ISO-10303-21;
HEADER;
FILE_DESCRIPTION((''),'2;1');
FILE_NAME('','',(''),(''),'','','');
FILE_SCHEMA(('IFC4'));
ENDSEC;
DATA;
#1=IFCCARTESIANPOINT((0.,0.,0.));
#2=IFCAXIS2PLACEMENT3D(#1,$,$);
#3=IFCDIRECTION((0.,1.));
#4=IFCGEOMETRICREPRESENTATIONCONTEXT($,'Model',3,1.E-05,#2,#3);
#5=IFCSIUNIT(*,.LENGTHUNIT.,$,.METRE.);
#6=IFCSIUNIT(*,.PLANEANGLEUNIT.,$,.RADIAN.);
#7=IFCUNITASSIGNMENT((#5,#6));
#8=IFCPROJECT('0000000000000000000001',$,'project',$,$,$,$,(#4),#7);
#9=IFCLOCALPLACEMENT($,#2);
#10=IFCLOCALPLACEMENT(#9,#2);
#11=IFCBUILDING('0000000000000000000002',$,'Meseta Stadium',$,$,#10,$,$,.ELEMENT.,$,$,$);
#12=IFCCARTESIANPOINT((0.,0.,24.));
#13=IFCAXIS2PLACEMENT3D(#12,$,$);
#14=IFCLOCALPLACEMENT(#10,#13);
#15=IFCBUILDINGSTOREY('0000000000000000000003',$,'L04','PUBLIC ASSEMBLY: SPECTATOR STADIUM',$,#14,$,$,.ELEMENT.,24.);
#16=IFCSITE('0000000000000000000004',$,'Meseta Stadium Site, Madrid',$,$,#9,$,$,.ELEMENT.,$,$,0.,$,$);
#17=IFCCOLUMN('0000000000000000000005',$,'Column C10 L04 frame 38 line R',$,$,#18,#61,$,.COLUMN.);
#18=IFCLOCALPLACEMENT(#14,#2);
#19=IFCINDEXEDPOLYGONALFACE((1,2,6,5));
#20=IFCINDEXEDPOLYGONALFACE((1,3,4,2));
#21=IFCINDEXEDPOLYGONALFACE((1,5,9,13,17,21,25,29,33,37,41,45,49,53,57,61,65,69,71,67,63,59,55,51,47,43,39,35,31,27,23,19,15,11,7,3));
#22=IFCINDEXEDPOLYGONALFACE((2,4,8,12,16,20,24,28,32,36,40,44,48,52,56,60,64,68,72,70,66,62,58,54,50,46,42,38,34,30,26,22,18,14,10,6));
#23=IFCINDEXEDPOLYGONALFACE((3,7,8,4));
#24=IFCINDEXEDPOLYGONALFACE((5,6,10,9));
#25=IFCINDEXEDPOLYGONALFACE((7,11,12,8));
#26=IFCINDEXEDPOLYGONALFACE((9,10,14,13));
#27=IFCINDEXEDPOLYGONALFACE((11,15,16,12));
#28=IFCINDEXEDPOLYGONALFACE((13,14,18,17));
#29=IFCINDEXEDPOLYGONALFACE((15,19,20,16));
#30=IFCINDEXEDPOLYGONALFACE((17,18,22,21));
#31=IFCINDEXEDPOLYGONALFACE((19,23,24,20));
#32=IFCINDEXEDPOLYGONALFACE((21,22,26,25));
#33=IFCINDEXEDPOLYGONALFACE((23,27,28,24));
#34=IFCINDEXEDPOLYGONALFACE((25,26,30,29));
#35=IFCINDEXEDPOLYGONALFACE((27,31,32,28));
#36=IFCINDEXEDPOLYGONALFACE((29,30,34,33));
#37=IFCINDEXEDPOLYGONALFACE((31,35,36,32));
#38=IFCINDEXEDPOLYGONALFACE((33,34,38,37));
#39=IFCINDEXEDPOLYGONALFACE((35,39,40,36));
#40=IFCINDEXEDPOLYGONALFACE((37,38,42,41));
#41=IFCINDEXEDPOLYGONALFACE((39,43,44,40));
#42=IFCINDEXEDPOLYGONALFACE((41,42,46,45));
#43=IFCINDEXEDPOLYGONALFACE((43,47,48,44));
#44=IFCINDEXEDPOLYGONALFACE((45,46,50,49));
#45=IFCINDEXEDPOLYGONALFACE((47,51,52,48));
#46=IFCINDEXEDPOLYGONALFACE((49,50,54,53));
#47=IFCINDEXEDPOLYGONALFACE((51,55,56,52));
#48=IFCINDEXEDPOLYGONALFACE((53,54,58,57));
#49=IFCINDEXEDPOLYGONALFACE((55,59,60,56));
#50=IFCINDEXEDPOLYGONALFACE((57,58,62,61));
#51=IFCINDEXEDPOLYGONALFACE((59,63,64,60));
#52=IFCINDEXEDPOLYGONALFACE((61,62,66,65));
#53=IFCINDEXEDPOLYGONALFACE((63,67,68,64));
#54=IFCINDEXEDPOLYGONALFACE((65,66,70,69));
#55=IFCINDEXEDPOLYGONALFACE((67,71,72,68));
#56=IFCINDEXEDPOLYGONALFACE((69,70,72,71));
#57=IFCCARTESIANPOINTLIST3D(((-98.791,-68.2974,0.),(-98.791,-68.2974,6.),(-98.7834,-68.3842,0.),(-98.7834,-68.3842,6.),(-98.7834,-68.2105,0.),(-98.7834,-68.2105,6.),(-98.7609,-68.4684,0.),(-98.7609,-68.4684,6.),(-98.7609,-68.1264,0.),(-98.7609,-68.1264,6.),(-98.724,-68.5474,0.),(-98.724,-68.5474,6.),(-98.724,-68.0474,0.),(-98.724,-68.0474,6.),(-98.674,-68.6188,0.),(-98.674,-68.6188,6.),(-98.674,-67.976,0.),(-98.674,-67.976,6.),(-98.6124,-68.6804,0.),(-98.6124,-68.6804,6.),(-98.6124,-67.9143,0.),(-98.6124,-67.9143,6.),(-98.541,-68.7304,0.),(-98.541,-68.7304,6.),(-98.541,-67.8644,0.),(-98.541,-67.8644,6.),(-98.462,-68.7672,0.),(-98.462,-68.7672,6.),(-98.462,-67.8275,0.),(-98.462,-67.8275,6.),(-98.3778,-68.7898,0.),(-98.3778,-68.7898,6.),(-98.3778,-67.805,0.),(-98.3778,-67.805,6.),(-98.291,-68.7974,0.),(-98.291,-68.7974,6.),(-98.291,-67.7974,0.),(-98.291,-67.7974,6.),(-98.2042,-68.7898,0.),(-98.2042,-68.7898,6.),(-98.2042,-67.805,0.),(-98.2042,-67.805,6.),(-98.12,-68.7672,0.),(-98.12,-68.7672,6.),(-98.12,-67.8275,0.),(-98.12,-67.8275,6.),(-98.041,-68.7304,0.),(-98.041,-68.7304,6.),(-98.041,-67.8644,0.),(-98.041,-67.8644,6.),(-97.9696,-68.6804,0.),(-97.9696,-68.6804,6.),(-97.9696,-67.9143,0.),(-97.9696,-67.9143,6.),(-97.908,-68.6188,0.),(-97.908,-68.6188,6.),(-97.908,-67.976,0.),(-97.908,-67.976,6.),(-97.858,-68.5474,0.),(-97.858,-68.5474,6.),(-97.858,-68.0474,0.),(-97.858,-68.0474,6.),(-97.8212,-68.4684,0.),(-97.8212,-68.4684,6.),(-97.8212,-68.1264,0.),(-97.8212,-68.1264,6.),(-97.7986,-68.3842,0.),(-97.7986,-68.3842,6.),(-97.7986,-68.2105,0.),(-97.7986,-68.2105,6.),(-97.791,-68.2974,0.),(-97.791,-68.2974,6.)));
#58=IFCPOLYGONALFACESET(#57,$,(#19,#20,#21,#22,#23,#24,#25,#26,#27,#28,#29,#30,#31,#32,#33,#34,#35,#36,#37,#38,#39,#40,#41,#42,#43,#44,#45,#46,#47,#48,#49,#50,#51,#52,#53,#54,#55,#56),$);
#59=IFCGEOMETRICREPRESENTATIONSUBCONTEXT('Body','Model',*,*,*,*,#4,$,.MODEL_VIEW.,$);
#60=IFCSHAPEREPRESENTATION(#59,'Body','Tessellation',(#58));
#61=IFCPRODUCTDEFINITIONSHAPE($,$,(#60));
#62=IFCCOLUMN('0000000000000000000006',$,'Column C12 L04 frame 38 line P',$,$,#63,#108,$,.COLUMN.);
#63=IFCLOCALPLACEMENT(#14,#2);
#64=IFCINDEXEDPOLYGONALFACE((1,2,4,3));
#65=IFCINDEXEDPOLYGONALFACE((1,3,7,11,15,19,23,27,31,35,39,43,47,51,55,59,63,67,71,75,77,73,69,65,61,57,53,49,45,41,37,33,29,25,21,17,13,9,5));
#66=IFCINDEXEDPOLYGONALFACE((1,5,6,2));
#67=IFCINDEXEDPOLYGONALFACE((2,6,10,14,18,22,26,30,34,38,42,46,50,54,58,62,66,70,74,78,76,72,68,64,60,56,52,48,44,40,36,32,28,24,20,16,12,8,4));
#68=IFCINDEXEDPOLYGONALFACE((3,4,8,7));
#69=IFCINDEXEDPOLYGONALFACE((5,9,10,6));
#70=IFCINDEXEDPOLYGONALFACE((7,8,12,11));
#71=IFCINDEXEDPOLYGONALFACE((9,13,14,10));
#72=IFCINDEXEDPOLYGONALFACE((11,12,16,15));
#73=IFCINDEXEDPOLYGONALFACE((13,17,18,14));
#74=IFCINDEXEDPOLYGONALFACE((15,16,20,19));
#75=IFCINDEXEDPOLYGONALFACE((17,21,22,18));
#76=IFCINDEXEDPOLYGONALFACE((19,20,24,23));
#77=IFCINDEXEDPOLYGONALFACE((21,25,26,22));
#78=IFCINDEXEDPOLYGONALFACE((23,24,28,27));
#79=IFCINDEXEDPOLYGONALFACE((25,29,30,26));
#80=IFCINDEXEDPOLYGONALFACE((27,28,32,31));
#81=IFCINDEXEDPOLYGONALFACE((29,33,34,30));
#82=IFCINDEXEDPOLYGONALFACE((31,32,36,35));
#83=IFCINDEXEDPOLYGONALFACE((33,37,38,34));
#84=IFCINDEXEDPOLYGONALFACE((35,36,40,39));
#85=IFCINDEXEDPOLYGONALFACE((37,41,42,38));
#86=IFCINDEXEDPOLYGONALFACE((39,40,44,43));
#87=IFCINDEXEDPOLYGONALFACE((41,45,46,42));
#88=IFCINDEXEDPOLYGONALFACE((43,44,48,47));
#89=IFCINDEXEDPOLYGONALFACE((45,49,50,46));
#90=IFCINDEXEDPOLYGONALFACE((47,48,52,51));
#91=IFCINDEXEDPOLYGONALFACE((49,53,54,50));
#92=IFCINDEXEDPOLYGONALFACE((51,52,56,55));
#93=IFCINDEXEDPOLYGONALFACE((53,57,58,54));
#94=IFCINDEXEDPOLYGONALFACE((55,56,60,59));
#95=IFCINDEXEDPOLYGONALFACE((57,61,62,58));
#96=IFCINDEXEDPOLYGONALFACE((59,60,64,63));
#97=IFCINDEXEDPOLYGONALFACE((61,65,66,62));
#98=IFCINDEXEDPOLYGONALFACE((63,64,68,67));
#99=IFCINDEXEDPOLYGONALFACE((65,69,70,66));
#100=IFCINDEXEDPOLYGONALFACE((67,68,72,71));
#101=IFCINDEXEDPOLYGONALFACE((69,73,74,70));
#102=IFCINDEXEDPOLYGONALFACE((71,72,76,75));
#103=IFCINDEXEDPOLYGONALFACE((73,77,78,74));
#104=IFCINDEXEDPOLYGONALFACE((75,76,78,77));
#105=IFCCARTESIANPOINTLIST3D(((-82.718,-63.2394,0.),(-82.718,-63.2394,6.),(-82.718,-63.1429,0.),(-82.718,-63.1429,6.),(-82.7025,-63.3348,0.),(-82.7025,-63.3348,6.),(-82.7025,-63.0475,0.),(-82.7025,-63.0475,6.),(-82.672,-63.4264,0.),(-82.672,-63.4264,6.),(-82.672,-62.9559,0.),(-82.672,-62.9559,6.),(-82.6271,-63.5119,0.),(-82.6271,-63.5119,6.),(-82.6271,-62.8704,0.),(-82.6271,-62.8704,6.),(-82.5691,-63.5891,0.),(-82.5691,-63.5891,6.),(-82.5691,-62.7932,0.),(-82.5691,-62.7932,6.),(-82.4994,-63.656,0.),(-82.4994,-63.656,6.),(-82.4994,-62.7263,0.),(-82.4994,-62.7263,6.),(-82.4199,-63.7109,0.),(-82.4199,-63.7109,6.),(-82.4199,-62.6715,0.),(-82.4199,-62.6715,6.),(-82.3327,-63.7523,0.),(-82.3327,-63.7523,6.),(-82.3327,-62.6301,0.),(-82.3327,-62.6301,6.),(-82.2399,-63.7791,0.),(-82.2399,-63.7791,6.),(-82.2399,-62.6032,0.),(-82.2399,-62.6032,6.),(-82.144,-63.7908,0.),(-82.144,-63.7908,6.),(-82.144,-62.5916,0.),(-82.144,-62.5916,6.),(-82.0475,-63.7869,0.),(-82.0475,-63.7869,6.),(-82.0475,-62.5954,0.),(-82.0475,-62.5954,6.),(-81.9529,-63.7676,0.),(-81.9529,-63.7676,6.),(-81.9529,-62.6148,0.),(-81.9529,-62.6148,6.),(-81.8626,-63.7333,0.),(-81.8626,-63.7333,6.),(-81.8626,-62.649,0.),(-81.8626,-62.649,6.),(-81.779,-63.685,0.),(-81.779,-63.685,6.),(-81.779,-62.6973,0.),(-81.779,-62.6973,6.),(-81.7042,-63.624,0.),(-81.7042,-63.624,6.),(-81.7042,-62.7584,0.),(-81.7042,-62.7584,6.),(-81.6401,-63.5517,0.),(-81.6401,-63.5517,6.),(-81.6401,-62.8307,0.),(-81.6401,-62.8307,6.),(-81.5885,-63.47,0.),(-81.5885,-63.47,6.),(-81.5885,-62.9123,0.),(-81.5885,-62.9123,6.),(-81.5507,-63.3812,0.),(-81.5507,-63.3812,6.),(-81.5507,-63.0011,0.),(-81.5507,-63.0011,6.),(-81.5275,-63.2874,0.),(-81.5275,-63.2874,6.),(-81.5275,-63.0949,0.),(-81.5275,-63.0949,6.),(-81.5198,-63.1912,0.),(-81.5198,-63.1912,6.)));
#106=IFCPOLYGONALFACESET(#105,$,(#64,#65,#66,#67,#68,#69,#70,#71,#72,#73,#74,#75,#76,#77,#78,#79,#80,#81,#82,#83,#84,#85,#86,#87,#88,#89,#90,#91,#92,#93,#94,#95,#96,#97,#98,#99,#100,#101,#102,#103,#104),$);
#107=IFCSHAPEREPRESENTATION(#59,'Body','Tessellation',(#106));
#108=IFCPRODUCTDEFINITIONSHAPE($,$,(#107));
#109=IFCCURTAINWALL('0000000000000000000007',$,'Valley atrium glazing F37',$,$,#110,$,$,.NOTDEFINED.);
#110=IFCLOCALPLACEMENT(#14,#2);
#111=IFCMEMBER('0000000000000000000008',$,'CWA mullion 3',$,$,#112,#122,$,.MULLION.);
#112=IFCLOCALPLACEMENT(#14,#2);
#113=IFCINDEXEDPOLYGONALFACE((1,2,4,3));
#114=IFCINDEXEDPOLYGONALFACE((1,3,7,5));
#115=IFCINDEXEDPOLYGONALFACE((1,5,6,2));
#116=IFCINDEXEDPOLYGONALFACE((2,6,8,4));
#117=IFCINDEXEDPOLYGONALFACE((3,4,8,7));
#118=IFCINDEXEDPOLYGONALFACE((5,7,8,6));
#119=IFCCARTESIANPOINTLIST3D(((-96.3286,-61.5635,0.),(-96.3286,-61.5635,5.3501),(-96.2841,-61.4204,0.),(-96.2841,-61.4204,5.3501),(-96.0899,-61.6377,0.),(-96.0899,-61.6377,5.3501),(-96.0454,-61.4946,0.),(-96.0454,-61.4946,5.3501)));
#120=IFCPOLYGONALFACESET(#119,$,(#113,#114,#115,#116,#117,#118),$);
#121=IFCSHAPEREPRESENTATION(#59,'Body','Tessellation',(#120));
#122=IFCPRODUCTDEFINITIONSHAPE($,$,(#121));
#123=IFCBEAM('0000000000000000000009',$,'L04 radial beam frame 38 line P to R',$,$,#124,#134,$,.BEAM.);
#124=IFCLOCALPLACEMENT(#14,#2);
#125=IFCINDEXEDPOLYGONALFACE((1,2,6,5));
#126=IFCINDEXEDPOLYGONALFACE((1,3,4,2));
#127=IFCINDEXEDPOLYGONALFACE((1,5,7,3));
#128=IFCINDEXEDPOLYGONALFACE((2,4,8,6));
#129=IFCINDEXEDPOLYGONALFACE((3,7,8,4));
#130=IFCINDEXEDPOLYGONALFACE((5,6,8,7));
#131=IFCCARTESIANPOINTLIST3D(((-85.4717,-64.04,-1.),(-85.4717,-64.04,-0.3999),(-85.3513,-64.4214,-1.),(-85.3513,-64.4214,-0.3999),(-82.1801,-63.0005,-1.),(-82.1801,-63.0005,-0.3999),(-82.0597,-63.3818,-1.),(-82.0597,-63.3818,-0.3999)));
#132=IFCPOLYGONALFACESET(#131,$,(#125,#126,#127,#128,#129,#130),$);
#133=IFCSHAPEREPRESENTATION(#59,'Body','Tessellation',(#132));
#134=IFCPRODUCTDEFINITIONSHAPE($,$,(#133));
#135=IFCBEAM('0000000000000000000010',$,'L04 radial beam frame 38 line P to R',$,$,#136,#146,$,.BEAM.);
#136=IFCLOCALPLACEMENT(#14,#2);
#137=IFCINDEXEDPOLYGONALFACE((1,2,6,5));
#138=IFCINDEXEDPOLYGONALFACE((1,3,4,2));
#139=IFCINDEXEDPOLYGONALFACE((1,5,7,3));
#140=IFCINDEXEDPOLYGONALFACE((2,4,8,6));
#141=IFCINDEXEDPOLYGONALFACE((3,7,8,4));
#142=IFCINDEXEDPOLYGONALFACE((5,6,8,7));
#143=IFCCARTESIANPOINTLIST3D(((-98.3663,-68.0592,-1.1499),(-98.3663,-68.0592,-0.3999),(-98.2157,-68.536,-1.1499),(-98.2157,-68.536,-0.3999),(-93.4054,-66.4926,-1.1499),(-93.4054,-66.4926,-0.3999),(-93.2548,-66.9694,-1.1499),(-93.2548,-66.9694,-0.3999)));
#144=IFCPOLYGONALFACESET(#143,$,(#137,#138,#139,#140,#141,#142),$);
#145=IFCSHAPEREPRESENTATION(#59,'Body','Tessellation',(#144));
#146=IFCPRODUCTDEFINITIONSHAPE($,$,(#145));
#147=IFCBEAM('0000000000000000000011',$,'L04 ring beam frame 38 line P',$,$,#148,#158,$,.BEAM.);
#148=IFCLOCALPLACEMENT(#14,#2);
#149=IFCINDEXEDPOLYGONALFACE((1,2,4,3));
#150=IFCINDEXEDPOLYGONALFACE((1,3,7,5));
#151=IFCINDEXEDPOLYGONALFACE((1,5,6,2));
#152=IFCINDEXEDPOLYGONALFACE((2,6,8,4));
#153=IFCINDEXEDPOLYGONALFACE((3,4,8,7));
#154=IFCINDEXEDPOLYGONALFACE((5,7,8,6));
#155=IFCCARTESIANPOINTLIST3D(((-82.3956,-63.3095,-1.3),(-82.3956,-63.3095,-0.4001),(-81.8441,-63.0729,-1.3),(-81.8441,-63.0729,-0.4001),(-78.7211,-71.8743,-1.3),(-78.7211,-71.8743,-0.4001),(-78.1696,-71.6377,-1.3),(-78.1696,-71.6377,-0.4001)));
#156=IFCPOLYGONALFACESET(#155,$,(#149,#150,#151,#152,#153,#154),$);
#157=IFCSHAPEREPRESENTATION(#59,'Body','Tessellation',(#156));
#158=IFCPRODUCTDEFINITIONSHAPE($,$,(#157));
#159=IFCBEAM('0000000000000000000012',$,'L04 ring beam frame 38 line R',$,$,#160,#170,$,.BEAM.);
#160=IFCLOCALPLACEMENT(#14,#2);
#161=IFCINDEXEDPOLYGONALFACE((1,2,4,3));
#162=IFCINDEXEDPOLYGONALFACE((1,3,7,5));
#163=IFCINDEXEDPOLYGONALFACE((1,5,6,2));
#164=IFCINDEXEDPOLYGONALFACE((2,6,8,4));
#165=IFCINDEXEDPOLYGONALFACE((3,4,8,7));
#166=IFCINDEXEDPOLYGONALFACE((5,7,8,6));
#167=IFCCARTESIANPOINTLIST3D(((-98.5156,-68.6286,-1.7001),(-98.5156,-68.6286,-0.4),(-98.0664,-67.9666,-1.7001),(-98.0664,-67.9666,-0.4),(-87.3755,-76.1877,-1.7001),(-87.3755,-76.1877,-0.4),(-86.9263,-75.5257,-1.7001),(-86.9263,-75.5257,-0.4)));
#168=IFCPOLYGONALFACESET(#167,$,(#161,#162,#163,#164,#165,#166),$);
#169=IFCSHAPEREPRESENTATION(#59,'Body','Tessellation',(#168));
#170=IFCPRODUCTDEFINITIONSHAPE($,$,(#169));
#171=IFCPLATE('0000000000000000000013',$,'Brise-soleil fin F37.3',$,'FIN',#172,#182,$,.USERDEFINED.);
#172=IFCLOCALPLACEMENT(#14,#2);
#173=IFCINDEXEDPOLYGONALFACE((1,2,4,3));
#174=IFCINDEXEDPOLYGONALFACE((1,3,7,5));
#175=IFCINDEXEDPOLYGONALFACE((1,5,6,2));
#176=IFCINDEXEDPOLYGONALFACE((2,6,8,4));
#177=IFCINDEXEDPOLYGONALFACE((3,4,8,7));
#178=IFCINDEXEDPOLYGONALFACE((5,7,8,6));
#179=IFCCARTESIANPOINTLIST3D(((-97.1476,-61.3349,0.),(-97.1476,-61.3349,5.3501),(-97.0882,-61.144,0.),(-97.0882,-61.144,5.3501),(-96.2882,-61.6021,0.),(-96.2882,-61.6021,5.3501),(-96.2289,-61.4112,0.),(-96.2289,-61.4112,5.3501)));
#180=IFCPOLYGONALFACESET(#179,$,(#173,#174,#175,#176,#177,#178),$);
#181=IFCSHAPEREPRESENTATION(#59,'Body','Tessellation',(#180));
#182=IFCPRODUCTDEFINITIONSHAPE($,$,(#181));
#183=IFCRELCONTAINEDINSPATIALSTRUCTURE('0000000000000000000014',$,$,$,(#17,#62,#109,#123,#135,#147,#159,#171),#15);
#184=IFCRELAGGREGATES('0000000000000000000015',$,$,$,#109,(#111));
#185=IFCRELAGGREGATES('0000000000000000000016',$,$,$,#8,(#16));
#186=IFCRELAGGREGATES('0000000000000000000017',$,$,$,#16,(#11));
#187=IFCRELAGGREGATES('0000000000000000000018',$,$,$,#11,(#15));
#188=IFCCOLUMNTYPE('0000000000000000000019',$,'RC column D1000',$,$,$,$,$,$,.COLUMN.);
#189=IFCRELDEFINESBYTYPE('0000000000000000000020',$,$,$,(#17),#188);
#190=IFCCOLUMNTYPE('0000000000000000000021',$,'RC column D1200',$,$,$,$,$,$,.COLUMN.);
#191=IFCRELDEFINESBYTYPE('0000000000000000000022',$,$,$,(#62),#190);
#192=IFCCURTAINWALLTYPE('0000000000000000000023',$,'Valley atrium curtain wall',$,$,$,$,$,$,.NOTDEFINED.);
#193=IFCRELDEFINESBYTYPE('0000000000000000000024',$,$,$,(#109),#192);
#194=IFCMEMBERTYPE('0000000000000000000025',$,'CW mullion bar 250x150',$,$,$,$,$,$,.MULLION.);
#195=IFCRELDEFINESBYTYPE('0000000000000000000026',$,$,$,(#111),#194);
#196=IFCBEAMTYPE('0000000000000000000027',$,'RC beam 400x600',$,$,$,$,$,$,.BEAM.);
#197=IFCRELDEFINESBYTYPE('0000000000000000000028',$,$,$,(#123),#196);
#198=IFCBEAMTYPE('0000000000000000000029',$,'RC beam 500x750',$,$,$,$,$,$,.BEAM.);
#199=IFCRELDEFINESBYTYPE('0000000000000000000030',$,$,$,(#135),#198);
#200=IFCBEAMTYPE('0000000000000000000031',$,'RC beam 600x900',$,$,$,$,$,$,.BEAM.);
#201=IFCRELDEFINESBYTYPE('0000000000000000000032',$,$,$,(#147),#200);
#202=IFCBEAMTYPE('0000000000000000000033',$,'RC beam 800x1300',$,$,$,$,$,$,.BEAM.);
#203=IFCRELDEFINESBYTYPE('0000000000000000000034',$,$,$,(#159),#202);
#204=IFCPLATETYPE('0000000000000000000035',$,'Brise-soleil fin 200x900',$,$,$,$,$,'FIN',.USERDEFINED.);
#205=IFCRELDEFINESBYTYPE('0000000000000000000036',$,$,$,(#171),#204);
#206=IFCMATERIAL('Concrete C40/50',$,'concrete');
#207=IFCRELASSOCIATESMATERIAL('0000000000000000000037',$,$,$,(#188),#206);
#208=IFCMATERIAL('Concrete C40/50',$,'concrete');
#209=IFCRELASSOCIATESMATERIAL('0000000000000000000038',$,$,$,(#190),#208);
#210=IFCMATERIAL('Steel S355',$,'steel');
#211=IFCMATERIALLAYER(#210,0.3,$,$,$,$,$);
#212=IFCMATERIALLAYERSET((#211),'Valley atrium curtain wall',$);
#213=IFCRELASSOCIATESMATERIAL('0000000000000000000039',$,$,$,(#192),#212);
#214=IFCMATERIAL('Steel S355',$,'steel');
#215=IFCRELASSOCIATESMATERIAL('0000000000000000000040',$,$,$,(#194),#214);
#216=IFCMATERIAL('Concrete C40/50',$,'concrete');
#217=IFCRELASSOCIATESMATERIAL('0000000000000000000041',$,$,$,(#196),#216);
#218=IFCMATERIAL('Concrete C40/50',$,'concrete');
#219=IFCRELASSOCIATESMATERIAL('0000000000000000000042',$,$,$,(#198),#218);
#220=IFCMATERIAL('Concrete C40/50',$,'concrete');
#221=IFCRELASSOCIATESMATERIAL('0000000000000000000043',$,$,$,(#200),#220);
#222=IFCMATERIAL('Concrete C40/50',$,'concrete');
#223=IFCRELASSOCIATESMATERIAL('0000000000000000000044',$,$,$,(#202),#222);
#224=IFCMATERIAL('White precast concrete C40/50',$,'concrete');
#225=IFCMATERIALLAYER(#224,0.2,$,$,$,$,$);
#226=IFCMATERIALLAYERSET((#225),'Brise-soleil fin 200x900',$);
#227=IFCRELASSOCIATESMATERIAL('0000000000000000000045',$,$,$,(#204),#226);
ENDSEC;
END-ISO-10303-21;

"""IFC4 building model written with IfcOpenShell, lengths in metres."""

from ifc_helpers import new_model, si_unit, direction, frame, origin, origin_2d, place, context, subcontext, project, spatial, rectangle, circle, extrude, material, layer, layer_set, material_profile, profile_set, type_object, element, aggregate, save


model = new_model("IFC4")

# Units and contexts
model_context = context("Model", 3, precision=1e-05, world=origin(), true_north=direction((0.0, 1.0)))
body_context = subcontext(model_context, "Body", "Model", "MODEL_VIEW")
ifc_project = project(units=[si_unit("LENGTHUNIT", "METRE"), si_unit("PLANEANGLEUNIT", "RADIAN")], contexts=[model_context])

# Site, building, storey
site_placement = place(None, origin())
site = spatial("IfcSite", under=ifc_project, at=site_placement, Name="Meseta Stadium Site, Madrid", CompositionType="ELEMENT", RefElevation=0.0)
building_placement = place(site_placement, origin())
building = spatial("IfcBuilding", under=site, at=building_placement, Name="Meseta Stadium", CompositionType="ELEMENT")
storey_placement = place(building_placement, frame((0.0, 0.0, 24.0)))
storey = spatial("IfcBuildingStorey", under=building, at=storey_placement, Name="L04", Description="PUBLIC ASSEMBLY: SPECTATOR STADIUM", CompositionType="ELEMENT", Elevation=24.0)

# Columns
ifc_material_1 = material(Name="Concrete C40/50", Category="concrete")
ifc_material_profile_1 = material_profile(ifc_material_1, circle(Radius=0.5, at=origin_2d()), Name="RC D1000")
ifc_profile_set_1 = profile_set([ifc_material_profile_1], Name="Concrete C40/50")
column_type_1 = type_object("IfcColumnType", Name="RC column D1000", PredefinedType="COLUMN", material=ifc_profile_set_1)
column_1_placement = place(storey_placement, frame((-98.291, -68.2974, 0.0), z_axis=(0.0, 0.0, 1.0), x_axis=(1.0, 0.0, 0.0)))
element("IfcColumn", 1, at=column_1_placement, inside=storey, type_object=column_type_1, Name="Column C10 L04 frame 38 line R", PredefinedType="COLUMN", context=body_context, shape_type="SweptSolid", body=[
    extrude(circle(Radius=0.5, at=origin_2d()), origin(), (0.0, 0.0, 1.0), 6.0),
])
ifc_material_2 = material(Name="Concrete C40/50", Category="concrete")
ifc_material_profile_2 = material_profile(ifc_material_2, circle(Radius=0.6001, at=origin_2d()), Name="RC D1200")
ifc_profile_set_2 = profile_set([ifc_material_profile_2], Name="Concrete C40/50")
column_type_2 = type_object("IfcColumnType", Name="RC column D1200", PredefinedType="COLUMN", material=ifc_profile_set_2)
column_2_placement = place(storey_placement, frame((-82.1199, -63.1912, 0.0), z_axis=(0.0, 0.0, 1.0), x_axis=(1.0, 0.0, 0.0)))
element("IfcColumn", 2, at=column_2_placement, inside=storey, type_object=column_type_2, Name="Column C12 L04 frame 38 line P", PredefinedType="COLUMN", context=body_context, shape_type="SweptSolid", body=[
    extrude(circle(Radius=0.6001, at=origin_2d()), origin(), (0.0, 0.0, 1.0), 6.0),
])

# Curtain wall, member
ifc_material_3 = material(Name="Steel S355", Category="steel")
ifc_layer_1 = layer(ifc_material_3, 0.3)
ifc_layer_set_1 = layer_set([ifc_layer_1], Name="Valley atrium curtain wall")
curtain_wall_type = type_object("IfcCurtainWallType", Name="Valley atrium curtain wall", PredefinedType="NOTDEFINED", material=ifc_layer_set_1)
curtain_wall_placement = place(storey_placement, origin())
curtain_wall = element("IfcCurtainWall", 3, at=curtain_wall_placement, inside=storey, type_object=curtain_wall_type, Name="Valley atrium glazing F37", PredefinedType="NOTDEFINED")
ifc_material_4 = material(Name="Steel S355", Category="steel")
ifc_material_profile_3 = material_profile(ifc_material_4, rectangle(XDim=0.25, YDim=0.1499, at=origin_2d()), Name="CW 250x150")
ifc_profile_set_3 = profile_set([ifc_material_profile_3], Name="Steel S355")
member_type = type_object("IfcMemberType", Name="CW mullion bar 250x150", PredefinedType="MULLION", material=ifc_profile_set_3)
member_placement = place(storey_placement, frame((-96.187, -61.5291, 0.0), z_axis=(0.0, 0.0, 1.0), x_axis=(0.954918, -0.296869, 0.0)))
member = element("IfcMember", 4, at=member_placement, type_object=member_type, Name="CWA mullion 3", PredefinedType="MULLION", context=body_context, shape_type="SweptSolid", body=[
    extrude(rectangle(XDim=0.25, YDim=0.1499, at=origin_2d()), origin(), (0.0, 0.0, 1.0), 5.3501),
])
aggregate(curtain_wall, [member])

# Beams
ifc_material_5 = material(Name="Concrete C40/50", Category="concrete")
ifc_material_profile_4 = material_profile(ifc_material_5, rectangle(XDim=0.3999, YDim=0.6001, at=origin_2d()), Name="RC 400x600")
ifc_profile_set_4 = profile_set([ifc_material_profile_4], Name="Concrete C40/50")
beam_type_1 = type_object("IfcBeamType", Name="RC beam 400x600", PredefinedType="BEAM", material=ifc_profile_set_4)
beam_1_placement = place(storey_placement, frame((-82.1199, -63.1912, -0.7), z_axis=(-0.953578, -0.301145, 0.0), x_axis=(0.301145, -0.953578, 0.0)))
element("IfcBeam", 5, at=beam_1_placement, inside=storey, type_object=beam_type_1, Name="L04 radial beam frame 38 line P to R", PredefinedType="BEAM", context=body_context, shape_type="SweptSolid", body=[
    extrude(rectangle(XDim=0.3999, YDim=0.6001, at=origin_2d()), origin(), (0.0, 0.0, 1.0), 3.4519),
])
ifc_material_6 = material(Name="Concrete C40/50", Category="concrete")
ifc_material_profile_5 = material_profile(ifc_material_6, rectangle(XDim=0.5, YDim=0.75, at=origin_2d()), Name="RC 500x750")
ifc_profile_set_5 = profile_set([ifc_material_profile_5], Name="Concrete C40/50")
beam_type_2 = type_object("IfcBeamType", Name="RC beam 500x750", PredefinedType="BEAM", material=ifc_profile_set_5)
beam_2_placement = place(storey_placement, frame((-93.3301, -66.731, -0.7749), z_axis=(-0.953581, -0.301138, 0.0), x_axis=(0.301138, -0.953581, 0.0)))
element("IfcBeam", 6, at=beam_2_placement, inside=storey, type_object=beam_type_2, Name="L04 radial beam frame 38 line P to R", PredefinedType="BEAM", context=body_context, shape_type="SweptSolid", body=[
    extrude(rectangle(XDim=0.5, YDim=0.75, at=origin_2d()), origin(), (0.0, 0.0, 1.0), 5.2024),
])
ifc_material_7 = material(Name="Concrete C40/50", Category="concrete")
ifc_material_profile_6 = material_profile(ifc_material_7, rectangle(XDim=0.6001, YDim=0.8999, at=origin_2d()), Name="RC 600x900")
ifc_profile_set_6 = profile_set([ifc_material_profile_6], Name="Concrete C40/50")
beam_type_3 = type_object("IfcBeamType", Name="RC beam 600x900", PredefinedType="BEAM", material=ifc_profile_set_6)
beam_3_placement = place(storey_placement, frame((-82.1199, -63.1912, -0.8501), z_axis=(0.39427, -0.918995, 0.0), x_axis=(0.918995, 0.39427, 0.0)))
element("IfcBeam", 7, at=beam_3_placement, inside=storey, type_object=beam_type_3, Name="L04 ring beam frame 38 line P", PredefinedType="BEAM", context=body_context, shape_type="SweptSolid", body=[
    extrude(rectangle(XDim=0.6001, YDim=0.8999, at=origin_2d()), origin(), (0.0, 0.0, 1.0), 9.3198),
])
ifc_material_8 = material(Name="Concrete C40/50", Category="concrete")
ifc_material_profile_7 = material_profile(ifc_material_8, rectangle(XDim=0.8, YDim=1.3, at=origin_2d()), Name="RC 800x1300")
ifc_profile_set_7 = profile_set([ifc_material_profile_7], Name="Concrete C40/50")
beam_type_4 = type_object("IfcBeamType", Name="RC beam 800x1300", PredefinedType="BEAM", material=ifc_profile_set_7)
beam_4_placement = place(storey_placement, frame((-98.291, -68.2976, -1.05), z_axis=(0.827486, -0.561486, 0.0), x_axis=(0.561486, 0.827486, 0.0)))
element("IfcBeam", 8, at=beam_4_placement, inside=storey, type_object=beam_type_4, Name="L04 ring beam frame 38 line R", PredefinedType="BEAM", context=body_context, shape_type="SweptSolid", body=[
    extrude(rectangle(XDim=0.8, YDim=1.3, at=origin_2d()), origin(), (0.0, 0.0, 1.0), 13.4626),
])

# Plate
ifc_material_9 = material(Name="White precast concrete C40/50", Category="concrete")
ifc_layer_2 = layer(ifc_material_9, 0.2)
ifc_layer_set_2 = layer_set([ifc_layer_2], Name="Brise-soleil fin 200x900")
plate_type = type_object("IfcPlateType", Name="Brise-soleil fin 200x900", ElementType="FIN", PredefinedType="USERDEFINED", material=ifc_layer_set_2)
plate_placement = place(storey_placement, frame((-96.6882, -61.373, 0.0), z_axis=(0.0, 0.0, 1.0), x_axis=(-0.296869, -0.954918, 0.0)))
element("IfcPlate", 9, at=plate_placement, inside=storey, type_object=plate_type, Name="Brise-soleil fin F37.3", ObjectType="FIN", PredefinedType="USERDEFINED", context=body_context, shape_type="SweptSolid", body=[
    extrude(rectangle(XDim=0.2, YDim=0.8999, at=origin_2d()), origin(), (0.0, 0.0, 1.0), 5.3501),
])

save(model, "model.ifc")
